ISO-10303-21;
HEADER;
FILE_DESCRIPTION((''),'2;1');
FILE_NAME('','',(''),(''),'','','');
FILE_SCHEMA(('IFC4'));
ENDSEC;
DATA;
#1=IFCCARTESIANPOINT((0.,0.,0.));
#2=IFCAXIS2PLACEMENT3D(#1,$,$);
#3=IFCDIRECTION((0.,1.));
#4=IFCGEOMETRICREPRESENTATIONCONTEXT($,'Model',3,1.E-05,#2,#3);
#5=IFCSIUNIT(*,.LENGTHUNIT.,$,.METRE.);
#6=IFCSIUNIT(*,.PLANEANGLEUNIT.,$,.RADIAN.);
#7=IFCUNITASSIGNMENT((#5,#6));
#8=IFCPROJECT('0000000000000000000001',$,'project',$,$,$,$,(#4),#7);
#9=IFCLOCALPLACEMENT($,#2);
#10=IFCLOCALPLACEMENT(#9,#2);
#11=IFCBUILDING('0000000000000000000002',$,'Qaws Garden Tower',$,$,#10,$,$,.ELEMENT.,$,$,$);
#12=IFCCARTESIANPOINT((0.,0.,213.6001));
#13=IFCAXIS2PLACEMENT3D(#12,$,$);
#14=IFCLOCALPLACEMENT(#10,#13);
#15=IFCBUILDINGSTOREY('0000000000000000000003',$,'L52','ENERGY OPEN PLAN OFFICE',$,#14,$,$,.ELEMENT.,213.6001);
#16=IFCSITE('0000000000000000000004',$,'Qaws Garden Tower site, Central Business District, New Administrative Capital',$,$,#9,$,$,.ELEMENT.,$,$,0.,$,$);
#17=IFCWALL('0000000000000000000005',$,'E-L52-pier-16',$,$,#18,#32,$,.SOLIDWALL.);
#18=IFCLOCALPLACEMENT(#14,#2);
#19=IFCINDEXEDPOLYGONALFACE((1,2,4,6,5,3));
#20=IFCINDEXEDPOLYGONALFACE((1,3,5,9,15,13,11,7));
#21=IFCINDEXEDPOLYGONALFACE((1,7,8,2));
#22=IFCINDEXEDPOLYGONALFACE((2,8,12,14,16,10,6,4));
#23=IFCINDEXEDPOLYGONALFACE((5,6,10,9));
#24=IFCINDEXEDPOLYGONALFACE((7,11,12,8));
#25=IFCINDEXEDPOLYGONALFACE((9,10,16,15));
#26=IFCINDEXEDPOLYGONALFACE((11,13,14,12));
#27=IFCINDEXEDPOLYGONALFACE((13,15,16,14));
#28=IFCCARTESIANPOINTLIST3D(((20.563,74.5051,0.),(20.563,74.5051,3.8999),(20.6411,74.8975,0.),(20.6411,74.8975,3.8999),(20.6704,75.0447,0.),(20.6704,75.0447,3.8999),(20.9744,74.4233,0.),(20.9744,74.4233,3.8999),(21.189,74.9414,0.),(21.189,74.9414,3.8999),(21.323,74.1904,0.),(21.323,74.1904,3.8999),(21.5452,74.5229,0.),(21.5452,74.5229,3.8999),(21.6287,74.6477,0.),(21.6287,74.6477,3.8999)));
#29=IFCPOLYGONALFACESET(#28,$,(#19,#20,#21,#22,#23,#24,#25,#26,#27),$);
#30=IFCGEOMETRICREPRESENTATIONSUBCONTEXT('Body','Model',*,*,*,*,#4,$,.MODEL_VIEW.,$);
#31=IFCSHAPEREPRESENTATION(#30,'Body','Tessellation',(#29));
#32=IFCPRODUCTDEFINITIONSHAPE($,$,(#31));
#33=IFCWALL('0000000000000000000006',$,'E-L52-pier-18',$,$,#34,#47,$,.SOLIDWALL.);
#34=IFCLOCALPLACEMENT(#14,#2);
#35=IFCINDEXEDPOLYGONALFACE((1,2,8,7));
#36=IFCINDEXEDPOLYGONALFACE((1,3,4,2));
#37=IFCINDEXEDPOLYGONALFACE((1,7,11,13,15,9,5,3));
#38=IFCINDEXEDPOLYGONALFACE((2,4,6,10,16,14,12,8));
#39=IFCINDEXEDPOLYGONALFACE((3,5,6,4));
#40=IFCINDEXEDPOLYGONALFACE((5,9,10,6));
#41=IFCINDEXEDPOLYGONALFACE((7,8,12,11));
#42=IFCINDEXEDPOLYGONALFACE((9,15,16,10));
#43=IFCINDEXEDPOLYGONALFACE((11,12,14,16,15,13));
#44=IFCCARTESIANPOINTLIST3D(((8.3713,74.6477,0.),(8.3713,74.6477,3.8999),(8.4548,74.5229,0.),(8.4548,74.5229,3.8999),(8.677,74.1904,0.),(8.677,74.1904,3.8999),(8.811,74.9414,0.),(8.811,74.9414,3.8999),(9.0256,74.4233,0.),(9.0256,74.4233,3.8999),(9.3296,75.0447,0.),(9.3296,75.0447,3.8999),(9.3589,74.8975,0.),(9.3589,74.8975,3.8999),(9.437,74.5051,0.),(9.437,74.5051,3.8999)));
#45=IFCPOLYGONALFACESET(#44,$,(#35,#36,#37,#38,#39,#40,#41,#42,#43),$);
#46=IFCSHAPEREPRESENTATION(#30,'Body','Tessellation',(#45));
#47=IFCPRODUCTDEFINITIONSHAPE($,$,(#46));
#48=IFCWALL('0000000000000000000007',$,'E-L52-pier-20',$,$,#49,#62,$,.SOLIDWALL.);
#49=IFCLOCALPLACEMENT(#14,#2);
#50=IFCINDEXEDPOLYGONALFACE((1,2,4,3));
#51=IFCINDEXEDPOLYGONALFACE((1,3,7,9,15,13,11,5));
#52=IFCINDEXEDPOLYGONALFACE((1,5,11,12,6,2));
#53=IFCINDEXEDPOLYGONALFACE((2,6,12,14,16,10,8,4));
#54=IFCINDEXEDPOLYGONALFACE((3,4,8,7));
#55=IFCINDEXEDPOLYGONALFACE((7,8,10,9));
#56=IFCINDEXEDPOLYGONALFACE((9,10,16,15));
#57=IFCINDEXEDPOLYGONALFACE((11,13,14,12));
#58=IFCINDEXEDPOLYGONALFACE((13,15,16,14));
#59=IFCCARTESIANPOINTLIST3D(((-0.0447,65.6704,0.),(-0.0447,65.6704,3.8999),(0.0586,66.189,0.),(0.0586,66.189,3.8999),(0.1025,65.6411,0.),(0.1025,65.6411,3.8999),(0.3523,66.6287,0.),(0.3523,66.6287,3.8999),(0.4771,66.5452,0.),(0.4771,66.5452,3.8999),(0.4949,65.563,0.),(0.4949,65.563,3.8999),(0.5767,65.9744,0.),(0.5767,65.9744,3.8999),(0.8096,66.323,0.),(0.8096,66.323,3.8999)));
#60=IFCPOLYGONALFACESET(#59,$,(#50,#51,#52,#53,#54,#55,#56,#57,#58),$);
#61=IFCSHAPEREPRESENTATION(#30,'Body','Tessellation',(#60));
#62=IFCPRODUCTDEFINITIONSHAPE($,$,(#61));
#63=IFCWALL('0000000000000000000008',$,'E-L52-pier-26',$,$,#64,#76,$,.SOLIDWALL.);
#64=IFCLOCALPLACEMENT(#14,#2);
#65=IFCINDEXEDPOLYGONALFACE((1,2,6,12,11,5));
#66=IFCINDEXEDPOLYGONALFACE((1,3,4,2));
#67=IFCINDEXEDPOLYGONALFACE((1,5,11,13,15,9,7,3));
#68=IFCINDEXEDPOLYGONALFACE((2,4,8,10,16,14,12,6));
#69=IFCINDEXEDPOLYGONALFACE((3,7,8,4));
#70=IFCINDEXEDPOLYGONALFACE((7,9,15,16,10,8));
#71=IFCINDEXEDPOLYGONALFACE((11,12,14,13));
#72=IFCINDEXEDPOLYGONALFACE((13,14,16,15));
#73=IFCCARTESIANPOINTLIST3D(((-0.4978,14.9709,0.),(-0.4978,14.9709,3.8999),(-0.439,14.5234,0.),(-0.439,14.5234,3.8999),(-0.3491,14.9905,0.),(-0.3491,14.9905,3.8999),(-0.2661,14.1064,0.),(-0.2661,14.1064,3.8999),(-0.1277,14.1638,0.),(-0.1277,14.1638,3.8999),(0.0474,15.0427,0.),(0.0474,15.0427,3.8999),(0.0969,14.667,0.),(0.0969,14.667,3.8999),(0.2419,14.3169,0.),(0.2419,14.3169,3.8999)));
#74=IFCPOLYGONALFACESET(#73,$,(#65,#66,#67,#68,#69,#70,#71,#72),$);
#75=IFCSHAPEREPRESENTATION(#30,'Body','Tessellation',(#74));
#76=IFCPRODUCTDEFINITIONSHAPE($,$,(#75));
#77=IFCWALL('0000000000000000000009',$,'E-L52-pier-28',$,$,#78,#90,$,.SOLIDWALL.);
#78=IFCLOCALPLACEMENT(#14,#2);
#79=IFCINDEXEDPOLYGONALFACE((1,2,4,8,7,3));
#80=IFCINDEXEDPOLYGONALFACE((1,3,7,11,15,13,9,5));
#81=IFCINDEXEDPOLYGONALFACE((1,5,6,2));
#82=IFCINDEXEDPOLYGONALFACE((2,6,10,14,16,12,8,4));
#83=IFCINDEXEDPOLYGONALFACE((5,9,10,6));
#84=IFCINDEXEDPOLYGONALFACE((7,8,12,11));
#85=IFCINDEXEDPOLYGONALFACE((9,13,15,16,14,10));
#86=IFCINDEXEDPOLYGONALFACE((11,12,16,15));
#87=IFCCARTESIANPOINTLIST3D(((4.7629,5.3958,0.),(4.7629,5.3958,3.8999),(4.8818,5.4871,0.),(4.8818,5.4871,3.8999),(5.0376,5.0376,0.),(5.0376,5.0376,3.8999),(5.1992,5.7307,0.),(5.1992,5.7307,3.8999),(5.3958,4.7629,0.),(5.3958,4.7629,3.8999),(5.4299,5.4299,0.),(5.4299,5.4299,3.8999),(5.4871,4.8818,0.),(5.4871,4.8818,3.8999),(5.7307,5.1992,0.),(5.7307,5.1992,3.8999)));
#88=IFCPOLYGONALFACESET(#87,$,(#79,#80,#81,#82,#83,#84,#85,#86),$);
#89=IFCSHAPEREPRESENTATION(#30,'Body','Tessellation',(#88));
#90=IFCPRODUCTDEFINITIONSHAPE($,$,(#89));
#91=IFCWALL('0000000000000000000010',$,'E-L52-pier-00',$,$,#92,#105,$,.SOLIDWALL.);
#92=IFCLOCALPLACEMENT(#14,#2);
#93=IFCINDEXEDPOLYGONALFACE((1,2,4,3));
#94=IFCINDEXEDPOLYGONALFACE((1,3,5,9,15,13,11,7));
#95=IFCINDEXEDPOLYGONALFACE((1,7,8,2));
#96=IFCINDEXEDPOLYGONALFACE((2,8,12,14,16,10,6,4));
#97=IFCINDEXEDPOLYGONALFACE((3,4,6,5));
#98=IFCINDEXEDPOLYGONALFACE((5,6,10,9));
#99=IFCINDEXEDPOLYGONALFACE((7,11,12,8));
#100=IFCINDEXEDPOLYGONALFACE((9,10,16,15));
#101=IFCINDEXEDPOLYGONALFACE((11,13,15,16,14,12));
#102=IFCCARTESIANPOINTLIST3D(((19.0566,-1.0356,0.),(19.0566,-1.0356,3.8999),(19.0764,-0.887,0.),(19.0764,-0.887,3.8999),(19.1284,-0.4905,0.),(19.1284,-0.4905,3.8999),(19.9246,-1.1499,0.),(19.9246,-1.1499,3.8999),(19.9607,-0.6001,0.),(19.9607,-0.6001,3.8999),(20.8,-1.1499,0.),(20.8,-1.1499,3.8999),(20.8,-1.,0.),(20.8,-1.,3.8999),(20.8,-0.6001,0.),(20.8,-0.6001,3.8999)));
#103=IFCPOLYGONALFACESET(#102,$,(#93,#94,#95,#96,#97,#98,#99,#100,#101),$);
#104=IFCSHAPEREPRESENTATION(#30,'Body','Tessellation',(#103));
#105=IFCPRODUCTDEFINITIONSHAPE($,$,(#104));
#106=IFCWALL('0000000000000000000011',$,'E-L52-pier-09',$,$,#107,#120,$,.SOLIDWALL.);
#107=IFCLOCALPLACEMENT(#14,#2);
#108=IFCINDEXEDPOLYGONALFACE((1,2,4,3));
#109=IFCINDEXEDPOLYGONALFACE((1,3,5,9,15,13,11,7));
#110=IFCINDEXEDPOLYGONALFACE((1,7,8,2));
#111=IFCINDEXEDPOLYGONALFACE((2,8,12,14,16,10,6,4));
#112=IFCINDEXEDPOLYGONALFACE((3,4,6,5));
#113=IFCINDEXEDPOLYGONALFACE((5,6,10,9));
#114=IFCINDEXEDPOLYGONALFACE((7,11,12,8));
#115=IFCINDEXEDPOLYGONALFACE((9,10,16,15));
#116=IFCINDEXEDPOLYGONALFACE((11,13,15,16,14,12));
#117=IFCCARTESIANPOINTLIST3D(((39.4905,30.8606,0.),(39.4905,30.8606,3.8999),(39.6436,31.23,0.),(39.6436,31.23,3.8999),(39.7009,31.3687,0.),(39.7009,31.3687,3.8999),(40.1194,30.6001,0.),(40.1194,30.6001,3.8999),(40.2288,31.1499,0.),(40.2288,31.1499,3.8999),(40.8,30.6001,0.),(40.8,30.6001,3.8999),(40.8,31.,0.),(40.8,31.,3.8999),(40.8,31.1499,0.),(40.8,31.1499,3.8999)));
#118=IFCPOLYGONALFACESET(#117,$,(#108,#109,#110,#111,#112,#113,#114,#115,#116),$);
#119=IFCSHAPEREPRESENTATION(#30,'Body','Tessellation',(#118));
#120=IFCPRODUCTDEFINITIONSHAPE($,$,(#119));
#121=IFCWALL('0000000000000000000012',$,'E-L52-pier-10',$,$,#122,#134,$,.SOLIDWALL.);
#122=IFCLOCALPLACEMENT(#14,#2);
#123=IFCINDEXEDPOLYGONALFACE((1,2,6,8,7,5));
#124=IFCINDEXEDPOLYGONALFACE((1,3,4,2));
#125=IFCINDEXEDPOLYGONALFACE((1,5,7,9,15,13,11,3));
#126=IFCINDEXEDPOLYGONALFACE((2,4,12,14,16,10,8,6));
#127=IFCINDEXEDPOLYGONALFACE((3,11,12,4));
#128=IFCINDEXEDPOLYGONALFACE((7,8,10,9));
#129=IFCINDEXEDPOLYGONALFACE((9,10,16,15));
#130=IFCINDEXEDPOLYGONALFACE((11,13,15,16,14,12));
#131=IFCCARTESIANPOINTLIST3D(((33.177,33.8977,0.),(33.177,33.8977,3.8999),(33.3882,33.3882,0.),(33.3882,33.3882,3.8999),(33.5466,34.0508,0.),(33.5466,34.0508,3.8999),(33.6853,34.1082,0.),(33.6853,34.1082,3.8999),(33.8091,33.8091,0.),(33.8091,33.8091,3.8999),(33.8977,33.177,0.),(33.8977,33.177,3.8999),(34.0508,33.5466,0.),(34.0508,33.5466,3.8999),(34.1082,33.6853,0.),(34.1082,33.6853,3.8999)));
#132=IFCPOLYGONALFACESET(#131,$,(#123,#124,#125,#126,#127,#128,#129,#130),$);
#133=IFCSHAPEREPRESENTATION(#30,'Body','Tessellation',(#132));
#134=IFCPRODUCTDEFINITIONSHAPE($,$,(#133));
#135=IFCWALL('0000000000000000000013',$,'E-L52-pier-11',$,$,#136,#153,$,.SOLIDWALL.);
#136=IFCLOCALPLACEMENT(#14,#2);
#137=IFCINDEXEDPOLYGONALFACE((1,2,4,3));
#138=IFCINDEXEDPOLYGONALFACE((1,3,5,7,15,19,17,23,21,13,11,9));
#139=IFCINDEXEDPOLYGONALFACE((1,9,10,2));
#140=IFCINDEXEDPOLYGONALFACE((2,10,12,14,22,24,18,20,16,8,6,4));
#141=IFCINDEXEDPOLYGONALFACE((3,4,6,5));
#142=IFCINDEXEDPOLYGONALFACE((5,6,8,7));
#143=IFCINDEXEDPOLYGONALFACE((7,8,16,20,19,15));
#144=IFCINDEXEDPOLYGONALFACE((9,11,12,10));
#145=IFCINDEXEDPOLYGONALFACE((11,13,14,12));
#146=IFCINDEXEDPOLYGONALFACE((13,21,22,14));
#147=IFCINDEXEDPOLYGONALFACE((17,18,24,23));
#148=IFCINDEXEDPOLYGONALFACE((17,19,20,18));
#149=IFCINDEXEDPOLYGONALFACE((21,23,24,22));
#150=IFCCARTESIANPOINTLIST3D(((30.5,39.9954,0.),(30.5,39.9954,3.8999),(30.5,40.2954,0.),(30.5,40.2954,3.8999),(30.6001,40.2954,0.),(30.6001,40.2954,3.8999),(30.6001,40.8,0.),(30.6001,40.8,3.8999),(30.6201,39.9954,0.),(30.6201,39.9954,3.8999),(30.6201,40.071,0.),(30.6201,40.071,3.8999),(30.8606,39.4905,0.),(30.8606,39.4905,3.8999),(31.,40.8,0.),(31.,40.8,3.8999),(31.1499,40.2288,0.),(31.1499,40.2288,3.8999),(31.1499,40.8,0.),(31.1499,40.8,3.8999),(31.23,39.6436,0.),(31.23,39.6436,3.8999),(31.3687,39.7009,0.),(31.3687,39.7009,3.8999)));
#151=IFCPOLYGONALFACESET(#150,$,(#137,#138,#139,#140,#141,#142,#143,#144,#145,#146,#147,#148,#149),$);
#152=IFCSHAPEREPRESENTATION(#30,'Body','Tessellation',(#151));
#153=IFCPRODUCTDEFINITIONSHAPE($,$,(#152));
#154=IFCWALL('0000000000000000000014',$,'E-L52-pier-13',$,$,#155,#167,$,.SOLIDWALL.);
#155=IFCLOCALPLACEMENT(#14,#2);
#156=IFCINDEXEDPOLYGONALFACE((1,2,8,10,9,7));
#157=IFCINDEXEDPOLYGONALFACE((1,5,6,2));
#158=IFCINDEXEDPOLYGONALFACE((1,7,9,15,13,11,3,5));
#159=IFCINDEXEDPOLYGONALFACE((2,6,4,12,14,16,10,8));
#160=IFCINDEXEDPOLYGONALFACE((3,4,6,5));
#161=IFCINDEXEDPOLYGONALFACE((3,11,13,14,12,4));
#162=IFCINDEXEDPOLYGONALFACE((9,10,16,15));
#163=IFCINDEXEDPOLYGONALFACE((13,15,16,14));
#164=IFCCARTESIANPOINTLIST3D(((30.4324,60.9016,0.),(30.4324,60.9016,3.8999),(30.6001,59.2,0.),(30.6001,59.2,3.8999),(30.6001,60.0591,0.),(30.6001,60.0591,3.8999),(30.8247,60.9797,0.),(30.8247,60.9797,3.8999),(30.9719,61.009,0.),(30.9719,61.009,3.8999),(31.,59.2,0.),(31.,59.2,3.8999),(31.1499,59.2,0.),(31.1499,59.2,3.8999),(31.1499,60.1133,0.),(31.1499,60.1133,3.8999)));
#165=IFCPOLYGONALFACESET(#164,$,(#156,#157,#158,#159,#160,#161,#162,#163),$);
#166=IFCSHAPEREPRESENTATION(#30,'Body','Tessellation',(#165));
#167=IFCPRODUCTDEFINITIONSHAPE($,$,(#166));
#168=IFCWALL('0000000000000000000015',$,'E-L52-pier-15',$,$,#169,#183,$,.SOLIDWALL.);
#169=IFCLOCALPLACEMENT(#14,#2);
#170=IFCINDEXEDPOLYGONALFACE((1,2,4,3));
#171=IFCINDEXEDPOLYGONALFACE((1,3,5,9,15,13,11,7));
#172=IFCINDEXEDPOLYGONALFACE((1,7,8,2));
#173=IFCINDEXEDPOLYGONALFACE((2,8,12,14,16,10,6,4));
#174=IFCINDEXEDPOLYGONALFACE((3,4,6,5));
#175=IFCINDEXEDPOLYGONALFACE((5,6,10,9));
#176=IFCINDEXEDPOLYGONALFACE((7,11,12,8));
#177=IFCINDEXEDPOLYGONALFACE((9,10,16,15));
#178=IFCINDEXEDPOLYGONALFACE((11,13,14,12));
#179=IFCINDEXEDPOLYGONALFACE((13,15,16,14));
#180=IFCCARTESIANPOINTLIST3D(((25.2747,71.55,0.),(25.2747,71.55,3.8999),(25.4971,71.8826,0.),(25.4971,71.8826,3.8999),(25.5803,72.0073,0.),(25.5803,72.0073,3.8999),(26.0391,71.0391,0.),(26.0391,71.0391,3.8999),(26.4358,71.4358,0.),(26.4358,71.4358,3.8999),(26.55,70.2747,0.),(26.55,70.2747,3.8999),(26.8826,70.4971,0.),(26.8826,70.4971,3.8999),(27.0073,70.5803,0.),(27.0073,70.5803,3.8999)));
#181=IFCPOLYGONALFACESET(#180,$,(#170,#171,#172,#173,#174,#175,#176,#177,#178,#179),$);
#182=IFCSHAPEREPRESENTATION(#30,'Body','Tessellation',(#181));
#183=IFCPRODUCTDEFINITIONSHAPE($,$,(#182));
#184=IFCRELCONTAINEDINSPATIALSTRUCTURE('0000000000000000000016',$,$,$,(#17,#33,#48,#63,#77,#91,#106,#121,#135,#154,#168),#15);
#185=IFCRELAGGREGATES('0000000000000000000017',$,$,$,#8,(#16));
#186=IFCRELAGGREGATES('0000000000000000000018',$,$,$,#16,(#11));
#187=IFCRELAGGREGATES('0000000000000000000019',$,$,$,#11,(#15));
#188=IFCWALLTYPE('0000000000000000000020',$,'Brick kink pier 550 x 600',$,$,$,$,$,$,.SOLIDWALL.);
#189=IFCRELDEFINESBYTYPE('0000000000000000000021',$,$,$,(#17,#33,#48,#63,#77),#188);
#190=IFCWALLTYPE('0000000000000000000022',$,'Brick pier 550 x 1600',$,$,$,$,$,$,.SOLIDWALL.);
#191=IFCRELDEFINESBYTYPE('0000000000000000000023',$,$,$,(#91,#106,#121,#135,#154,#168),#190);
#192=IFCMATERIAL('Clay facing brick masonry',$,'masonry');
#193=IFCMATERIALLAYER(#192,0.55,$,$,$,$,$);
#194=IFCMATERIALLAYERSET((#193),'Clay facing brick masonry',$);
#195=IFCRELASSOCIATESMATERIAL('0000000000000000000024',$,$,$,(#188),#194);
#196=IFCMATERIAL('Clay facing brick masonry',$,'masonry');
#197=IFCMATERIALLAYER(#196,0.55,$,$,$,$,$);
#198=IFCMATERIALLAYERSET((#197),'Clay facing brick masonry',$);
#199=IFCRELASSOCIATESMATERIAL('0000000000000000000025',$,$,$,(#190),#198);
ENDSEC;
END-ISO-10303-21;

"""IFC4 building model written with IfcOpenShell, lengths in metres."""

from ifc_helpers import new_model, si_unit, direction, frame, origin, place, context, subcontext, project, spatial, polyline, outline, extrude, material, layer, layer_set, type_object, element, save


model = new_model("IFC4")

# Units and contexts
model_context = context("Model", 3, precision=1e-05, world=origin(), true_north=direction((0.0, 1.0)))
body_context = subcontext(model_context, "Body", "Model", "MODEL_VIEW")
ifc_project = project(units=[si_unit("LENGTHUNIT", "METRE"), si_unit("PLANEANGLEUNIT", "RADIAN")], contexts=[model_context])

# Site, building, storey
site_placement = place(None, origin())
site = spatial("IfcSite", under=ifc_project, at=site_placement, Name="Qaws Garden Tower site, Central Business District, New Administrative Capital", CompositionType="ELEMENT", RefElevation=0.0)
building_placement = place(site_placement, origin())
building = spatial("IfcBuilding", under=site, at=building_placement, Name="Qaws Garden Tower", CompositionType="ELEMENT")
storey_placement = place(building_placement, frame((0.0, 0.0, 213.6001)))
storey = spatial("IfcBuildingStorey", under=building, at=storey_placement, Name="L52", Description="ENERGY OPEN PLAN OFFICE", CompositionType="ELEMENT", Elevation=213.6001)

# Walls
placement = place(storey_placement, origin())
ifc_material_1 = material(Name="Clay facing brick masonry", Category="masonry")
ifc_layer_1 = layer(ifc_material_1, 0.55)
ifc_layer_set_1 = layer_set([ifc_layer_1], Name="Clay facing brick masonry")
wall_type_1 = type_object("IfcWallType", Name="Brick kink pier 550 x 600", PredefinedType="SOLIDWALL", material=ifc_layer_set_1)
element("IfcWall", 1, at=placement, inside=storey, type_object=wall_type_1, Name="E-L52-pier-16", PredefinedType="SOLIDWALL", context=body_context, shape_type="SweptSolid", body=[
    extrude(outline(polyline([(21.5452, 74.5229), (21.6287, 74.6477), (21.189, 74.9414), (20.6704, 75.0447), (20.6411, 74.8975), (20.563, 74.5051), (20.9744, 74.4233), (21.323, 74.1904), (21.5452, 74.5229)])), origin(), (0.0, 0.0, 1.0), 3.8999),
])
element("IfcWall", 2, at=placement, inside=storey, type_object=wall_type_1, Name="E-L52-pier-18", PredefinedType="SOLIDWALL", context=body_context, shape_type="SweptSolid", body=[
    extrude(outline(polyline([(9.3589, 74.8975), (9.3296, 75.0447), (8.811, 74.9414), (8.3713, 74.6477), (8.4548, 74.5229), (8.677, 74.1904), (9.0256, 74.4233), (9.437, 74.5051), (9.3589, 74.8975)])), origin(), (0.0, 0.0, 1.0), 3.8999),
])
element("IfcWall", 3, at=placement, inside=storey, type_object=wall_type_1, Name="E-L52-pier-20", PredefinedType="SOLIDWALL", context=body_context, shape_type="SweptSolid", body=[
    extrude(outline(polyline([(0.4771, 66.5452), (0.3523, 66.6287), (0.0586, 66.189), (-0.0447, 65.6704), (0.1025, 65.6411), (0.4949, 65.563), (0.5767, 65.9744), (0.8096, 66.323), (0.4771, 66.5452)])), origin(), (0.0, 0.0, 1.0), 3.8999),
])
element("IfcWall", 4, at=placement, inside=storey, type_object=wall_type_1, Name="E-L52-pier-26", PredefinedType="SOLIDWALL", context=body_context, shape_type="SweptSolid", body=[
    extrude(outline(polyline([(-0.3491, 14.9905), (-0.4978, 14.9709), (-0.439, 14.5234), (-0.2661, 14.1064), (-0.1277, 14.1638), (0.2419, 14.3169), (0.0969, 14.667), (0.0474, 15.0427), (-0.3491, 14.9905)])), origin(), (0.0, 0.0, 1.0), 3.8999),
])
element("IfcWall", 5, at=placement, inside=storey, type_object=wall_type_1, Name="E-L52-pier-28", PredefinedType="SOLIDWALL", context=body_context, shape_type="SweptSolid", body=[
    extrude(outline(polyline([(4.8818, 5.4871), (4.7629, 5.3958), (5.0376, 5.0376), (5.3958, 4.7629), (5.4871, 4.8818), (5.7307, 5.1992), (5.4299, 5.4299), (5.1992, 5.7307), (4.8818, 5.4871)])), origin(), (0.0, 0.0, 1.0), 3.8999),
])
ifc_material_2 = material(Name="Clay facing brick masonry", Category="masonry")
ifc_layer_2 = layer(ifc_material_2, 0.55)
ifc_layer_set_2 = layer_set([ifc_layer_2], Name="Clay facing brick masonry")
wall_type_2 = type_object("IfcWallType", Name="Brick pier 550 x 1600", PredefinedType="SOLIDWALL", material=ifc_layer_set_2)
element("IfcWall", 6, at=placement, inside=storey, type_object=wall_type_2, Name="E-L52-pier-00", PredefinedType="SOLIDWALL", context=body_context, shape_type="SweptSolid", body=[
    extrude(outline(polyline([(19.0764, -0.887), (19.0566, -1.0356), (19.9246, -1.1499), (20.8, -1.1499), (20.8, -1.0), (20.8, -0.6001), (19.9607, -0.6001), (19.1284, -0.4905), (19.0764, -0.887)])), origin(), (0.0, 0.0, 1.0), 3.8999),
])
element("IfcWall", 7, at=placement, inside=storey, type_object=wall_type_2, Name="E-L52-pier-09", PredefinedType="SOLIDWALL", context=body_context, shape_type="SweptSolid", body=[
    extrude(outline(polyline([(40.8, 31.0), (40.8, 31.1499), (40.2288, 31.1499), (39.7009, 31.3687), (39.6436, 31.23), (39.4905, 30.8606), (40.1194, 30.6001), (40.8, 30.6001), (40.8, 31.0)])), origin(), (0.0, 0.0, 1.0), 3.8999),
])
element("IfcWall", 8, at=placement, inside=storey, type_object=wall_type_2, Name="E-L52-pier-10", PredefinedType="SOLIDWALL", context=body_context, shape_type="SweptSolid", body=[
    extrude(outline(polyline([(34.0508, 33.5466), (34.1082, 33.6853), (33.8091, 33.8091), (33.6853, 34.1082), (33.5466, 34.0508), (33.177, 33.8977), (33.3882, 33.3882), (33.8977, 33.177), (34.0508, 33.5466)])), origin(), (0.0, 0.0, 1.0), 3.8999),
])
element("IfcWall", 9, at=placement, inside=storey, type_object=wall_type_2, Name="E-L52-pier-11", PredefinedType="SOLIDWALL", context=body_context, shape_type="SweptSolid", body=[
    extrude(outline(polyline([(30.6201, 39.9954), (30.6201, 40.071), (30.8606, 39.4905), (31.23, 39.6436), (31.3687, 39.7009), (31.1499, 40.2288), (31.1499, 40.8), (31.0, 40.8), (30.6001, 40.8), (30.6001, 40.2954), (30.5, 40.2954), (30.5, 39.9954), (30.6201, 39.9954)])), origin(), (0.0, 0.0, 1.0), 3.8999),
])
element("IfcWall", 10, at=placement, inside=storey, type_object=wall_type_2, Name="E-L52-pier-13", PredefinedType="SOLIDWALL", context=body_context, shape_type="SweptSolid", body=[
    extrude(outline(polyline([(31.0, 59.2), (31.1499, 59.2), (31.1499, 60.1133), (30.9719, 61.009), (30.8247, 60.9797), (30.4324, 60.9016), (30.6001, 60.0591), (30.6001, 59.2), (31.0, 59.2)])), origin(), (0.0, 0.0, 1.0), 3.8999),
])
element("IfcWall", 11, at=placement, inside=storey, type_object=wall_type_2, Name="E-L52-pier-15", PredefinedType="SOLIDWALL", context=body_context, shape_type="SweptSolid", body=[
    extrude(outline(polyline([(26.8826, 70.4971), (27.0073, 70.5803), (26.4358, 71.4358), (25.5803, 72.0073), (25.4971, 71.8826), (25.2747, 71.55), (26.0391, 71.0391), (26.55, 70.2747), (26.8826, 70.4971)])), origin(), (0.0, 0.0, 1.0), 3.8999),
])

save(model, "model.ifc")
